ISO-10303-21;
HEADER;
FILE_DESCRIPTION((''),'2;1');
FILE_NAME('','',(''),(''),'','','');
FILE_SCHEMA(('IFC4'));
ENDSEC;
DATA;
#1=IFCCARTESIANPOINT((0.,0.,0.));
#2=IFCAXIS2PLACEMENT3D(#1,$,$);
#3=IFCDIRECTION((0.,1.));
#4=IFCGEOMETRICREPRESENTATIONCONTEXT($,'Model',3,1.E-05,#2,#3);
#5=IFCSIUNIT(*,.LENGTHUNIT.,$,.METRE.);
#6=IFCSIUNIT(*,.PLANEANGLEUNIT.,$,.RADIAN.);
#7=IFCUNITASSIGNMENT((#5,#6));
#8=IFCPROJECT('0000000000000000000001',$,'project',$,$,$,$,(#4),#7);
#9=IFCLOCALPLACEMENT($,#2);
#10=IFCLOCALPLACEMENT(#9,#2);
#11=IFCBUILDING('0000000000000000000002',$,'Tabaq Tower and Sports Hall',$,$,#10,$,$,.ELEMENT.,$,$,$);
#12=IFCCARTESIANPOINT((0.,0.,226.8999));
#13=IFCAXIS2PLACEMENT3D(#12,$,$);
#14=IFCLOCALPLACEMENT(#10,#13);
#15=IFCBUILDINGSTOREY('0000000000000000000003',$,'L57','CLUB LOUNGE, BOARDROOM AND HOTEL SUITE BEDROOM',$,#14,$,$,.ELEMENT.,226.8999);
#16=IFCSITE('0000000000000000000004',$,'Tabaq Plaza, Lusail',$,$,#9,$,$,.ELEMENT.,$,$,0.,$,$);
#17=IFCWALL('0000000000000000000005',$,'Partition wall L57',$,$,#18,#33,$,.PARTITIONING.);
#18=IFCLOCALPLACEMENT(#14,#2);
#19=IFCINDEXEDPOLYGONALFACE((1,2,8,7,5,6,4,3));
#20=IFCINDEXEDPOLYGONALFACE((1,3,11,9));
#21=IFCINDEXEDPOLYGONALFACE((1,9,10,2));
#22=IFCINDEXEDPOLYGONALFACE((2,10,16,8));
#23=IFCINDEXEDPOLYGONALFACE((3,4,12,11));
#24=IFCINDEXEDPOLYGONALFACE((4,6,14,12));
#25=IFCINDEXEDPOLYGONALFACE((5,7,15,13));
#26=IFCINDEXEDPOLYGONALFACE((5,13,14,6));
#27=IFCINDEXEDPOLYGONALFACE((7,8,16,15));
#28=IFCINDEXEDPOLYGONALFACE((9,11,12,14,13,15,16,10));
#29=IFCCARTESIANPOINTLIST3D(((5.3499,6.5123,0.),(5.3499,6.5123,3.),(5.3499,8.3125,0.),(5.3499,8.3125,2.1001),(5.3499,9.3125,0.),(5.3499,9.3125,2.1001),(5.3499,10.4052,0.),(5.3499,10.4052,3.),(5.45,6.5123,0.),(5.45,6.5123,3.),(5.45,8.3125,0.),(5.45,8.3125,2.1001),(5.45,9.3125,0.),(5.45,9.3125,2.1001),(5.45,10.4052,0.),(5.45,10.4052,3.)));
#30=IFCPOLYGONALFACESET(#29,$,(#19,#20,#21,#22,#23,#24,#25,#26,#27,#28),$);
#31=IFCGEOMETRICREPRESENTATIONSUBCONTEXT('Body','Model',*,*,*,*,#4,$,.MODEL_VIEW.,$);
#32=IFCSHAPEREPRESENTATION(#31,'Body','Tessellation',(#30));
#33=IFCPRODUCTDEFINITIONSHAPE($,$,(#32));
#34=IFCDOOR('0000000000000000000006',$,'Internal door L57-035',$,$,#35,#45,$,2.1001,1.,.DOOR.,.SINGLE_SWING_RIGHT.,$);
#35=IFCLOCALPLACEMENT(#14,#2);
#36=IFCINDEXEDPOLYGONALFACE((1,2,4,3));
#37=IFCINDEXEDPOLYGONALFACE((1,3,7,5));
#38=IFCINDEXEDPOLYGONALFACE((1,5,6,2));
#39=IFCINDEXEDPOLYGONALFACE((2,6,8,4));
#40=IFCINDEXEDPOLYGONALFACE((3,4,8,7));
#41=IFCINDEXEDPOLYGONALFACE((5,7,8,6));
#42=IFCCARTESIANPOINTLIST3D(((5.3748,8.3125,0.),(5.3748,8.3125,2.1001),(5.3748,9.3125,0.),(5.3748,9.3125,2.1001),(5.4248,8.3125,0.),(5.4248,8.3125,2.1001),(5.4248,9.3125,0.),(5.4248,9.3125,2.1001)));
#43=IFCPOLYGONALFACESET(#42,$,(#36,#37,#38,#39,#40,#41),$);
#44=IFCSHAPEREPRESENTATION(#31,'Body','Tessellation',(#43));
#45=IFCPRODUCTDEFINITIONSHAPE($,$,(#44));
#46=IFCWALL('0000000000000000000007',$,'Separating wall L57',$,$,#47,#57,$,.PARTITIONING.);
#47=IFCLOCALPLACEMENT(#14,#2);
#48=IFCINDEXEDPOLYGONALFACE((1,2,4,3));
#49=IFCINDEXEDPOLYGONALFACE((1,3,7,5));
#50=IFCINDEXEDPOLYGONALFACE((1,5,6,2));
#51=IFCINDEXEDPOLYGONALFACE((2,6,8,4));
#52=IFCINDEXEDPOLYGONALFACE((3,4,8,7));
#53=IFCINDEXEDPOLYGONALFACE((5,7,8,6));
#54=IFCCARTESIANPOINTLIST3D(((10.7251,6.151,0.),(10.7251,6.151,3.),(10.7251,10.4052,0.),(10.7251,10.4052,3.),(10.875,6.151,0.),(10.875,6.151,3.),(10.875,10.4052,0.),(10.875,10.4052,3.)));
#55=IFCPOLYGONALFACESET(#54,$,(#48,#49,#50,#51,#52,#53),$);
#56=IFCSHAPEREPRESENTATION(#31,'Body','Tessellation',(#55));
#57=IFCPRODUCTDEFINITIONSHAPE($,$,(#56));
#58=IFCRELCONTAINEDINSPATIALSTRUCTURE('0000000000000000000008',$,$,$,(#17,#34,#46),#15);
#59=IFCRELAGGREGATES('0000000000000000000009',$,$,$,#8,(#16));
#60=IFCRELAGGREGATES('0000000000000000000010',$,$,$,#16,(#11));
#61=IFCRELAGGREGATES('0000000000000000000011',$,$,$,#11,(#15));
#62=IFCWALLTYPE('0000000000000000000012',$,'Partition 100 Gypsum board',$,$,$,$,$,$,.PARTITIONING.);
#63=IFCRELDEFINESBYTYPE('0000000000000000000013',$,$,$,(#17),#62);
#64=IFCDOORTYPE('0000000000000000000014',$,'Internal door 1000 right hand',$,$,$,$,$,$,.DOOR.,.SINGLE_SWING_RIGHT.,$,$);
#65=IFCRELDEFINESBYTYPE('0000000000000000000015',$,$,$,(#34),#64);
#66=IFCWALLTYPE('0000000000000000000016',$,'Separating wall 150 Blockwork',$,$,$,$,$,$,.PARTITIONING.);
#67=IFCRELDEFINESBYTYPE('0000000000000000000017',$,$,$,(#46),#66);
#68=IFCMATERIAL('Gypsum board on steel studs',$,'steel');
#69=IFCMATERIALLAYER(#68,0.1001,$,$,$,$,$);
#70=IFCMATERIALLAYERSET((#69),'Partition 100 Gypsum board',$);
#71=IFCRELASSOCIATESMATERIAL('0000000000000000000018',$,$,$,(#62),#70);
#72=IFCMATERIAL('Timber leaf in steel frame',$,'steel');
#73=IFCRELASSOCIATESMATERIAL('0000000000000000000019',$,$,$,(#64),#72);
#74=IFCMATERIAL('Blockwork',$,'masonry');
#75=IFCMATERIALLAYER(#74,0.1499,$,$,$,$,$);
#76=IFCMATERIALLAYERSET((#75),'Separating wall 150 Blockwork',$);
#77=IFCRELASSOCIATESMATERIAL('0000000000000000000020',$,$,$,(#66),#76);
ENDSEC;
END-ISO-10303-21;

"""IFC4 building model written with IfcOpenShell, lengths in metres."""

from ifc_helpers import new_model, si_unit, direction, frame, frame_2d, origin, place, context, subcontext, project, spatial, rectangle, extrude, material, layer, layer_set, type_object, element, fill, save


model = new_model("IFC4")

# Units and contexts
model_context = context("Model", 3, precision=1e-05, world=origin(), true_north=direction((0.0, 1.0)))
body_context = subcontext(model_context, "Body", "Model", "MODEL_VIEW")
ifc_project = project(units=[si_unit("LENGTHUNIT", "METRE"), si_unit("PLANEANGLEUNIT", "RADIAN")], contexts=[model_context])

# Site, building, storey
site_placement = place(None, origin())
site = spatial("IfcSite", under=ifc_project, at=site_placement, Name="Tabaq Plaza, Lusail", CompositionType="ELEMENT", RefElevation=0.0)
building_placement = place(site_placement, origin())
building = spatial("IfcBuilding", under=site, at=building_placement, Name="Tabaq Tower and Sports Hall", CompositionType="ELEMENT")
storey_placement = place(building_placement, frame((0.0, 0.0, 226.8999)))
storey = spatial("IfcBuildingStorey", under=building, at=storey_placement, Name="L57", Description="CLUB LOUNGE, BOARDROOM AND HOTEL SUITE BEDROOM", CompositionType="ELEMENT", Elevation=226.8999)

# Shared definitions
ifc_material_1 = material(Name="Gypsum board on steel studs", Category="steel")
ifc_layer_1 = layer(ifc_material_1, 0.1001)
ifc_layer_set_1 = layer_set([ifc_layer_1], Name="Partition 100 Gypsum board")
wall_type_1 = type_object("IfcWallType", Name="Partition 100 Gypsum board", PredefinedType="PARTITIONING", material=ifc_layer_set_1)

# Wall, opening, door
wall_1_placement = place(storey_placement, frame((5.3999, 10.405, 0.0), z_axis=(0.0, 0.0, 1.0), x_axis=(0.0, -1.0, 0.0)))
wall_1 = element("IfcWall", 1, at=wall_1_placement, inside=storey, type_object=wall_type_1, Name="Partition wall L57", PredefinedType="PARTITIONING", context=body_context, shape_type="SweptSolid", body=[
    extrude(rectangle(XDim=3.8928, YDim=0.1001, at=frame_2d((1.9463, 0.0))), origin(), (0.0, 0.0, 1.0), 3.0),
])
opening_1_placement = place(wall_1_placement, frame((1.0925, 0.0, 0.0)))
opening_1 = element("IfcOpeningElement", 2, at=opening_1_placement, cuts=wall_1, PredefinedType="OPENING", context=body_context, shape_type="SweptSolid", body=[
    extrude(rectangle(XDim=1.0, YDim=2.1001, at=frame_2d((0.5, 1.05))), frame((0.0, 0.05, 0.0), z_axis=(0.0, -1.0, 0.0), x_axis=(1.0, 0.0, 0.0)), (0.0, 0.0, 1.0), 0.1001),
])
ifc_material_2 = material(Name="Timber leaf in steel frame", Category="steel")
door_type_1 = type_object("IfcDoorType", Name="Internal door 1000 right hand", OperationType="SINGLE_SWING_RIGHT", PredefinedType="DOOR", material=ifc_material_2)
door_1_placement = place(opening_1_placement, origin())
door_1 = element("IfcDoor", 3, at=door_1_placement, inside=storey, type_object=door_type_1, Name="Internal door L57-035", OperationType="SINGLE_SWING_RIGHT", OverallHeight=2.1001, OverallWidth=1.0, PredefinedType="DOOR", context=body_context, shape_type="SweptSolid", body=[
    extrude(rectangle(XDim=1.0, YDim=2.1001, at=frame_2d((0.5, 1.05))), frame((0.0, 0.0249, 0.0), z_axis=(0.0, -1.0, 0.0), x_axis=(1.0, 0.0, 0.0)), (0.0, 0.0, 1.0), 0.05),
])
fill(opening_1, door_1)

# Wall
ifc_material_3 = material(Name="Blockwork", Category="masonry")
ifc_layer_2 = layer(ifc_material_3, 0.1499)
ifc_layer_set_2 = layer_set([ifc_layer_2], Name="Separating wall 150 Blockwork")
wall_type_2 = type_object("IfcWallType", Name="Separating wall 150 Blockwork", PredefinedType="PARTITIONING", material=ifc_layer_set_2)
wall_2_placement = place(storey_placement, frame((10.8, 10.405, 0.0), z_axis=(0.0, 0.0, 1.0), x_axis=(0.0, -1.0, 0.0)))
element("IfcWall", 4, at=wall_2_placement, inside=storey, type_object=wall_type_2, Name="Separating wall L57", PredefinedType="PARTITIONING", context=body_context, shape_type="SweptSolid", body=[
    extrude(rectangle(XDim=4.2542, YDim=0.1499, at=frame_2d((2.127, 0.0))), origin(), (0.0, 0.0, 1.0), 3.0),
])

save(model, "model.ifc")
